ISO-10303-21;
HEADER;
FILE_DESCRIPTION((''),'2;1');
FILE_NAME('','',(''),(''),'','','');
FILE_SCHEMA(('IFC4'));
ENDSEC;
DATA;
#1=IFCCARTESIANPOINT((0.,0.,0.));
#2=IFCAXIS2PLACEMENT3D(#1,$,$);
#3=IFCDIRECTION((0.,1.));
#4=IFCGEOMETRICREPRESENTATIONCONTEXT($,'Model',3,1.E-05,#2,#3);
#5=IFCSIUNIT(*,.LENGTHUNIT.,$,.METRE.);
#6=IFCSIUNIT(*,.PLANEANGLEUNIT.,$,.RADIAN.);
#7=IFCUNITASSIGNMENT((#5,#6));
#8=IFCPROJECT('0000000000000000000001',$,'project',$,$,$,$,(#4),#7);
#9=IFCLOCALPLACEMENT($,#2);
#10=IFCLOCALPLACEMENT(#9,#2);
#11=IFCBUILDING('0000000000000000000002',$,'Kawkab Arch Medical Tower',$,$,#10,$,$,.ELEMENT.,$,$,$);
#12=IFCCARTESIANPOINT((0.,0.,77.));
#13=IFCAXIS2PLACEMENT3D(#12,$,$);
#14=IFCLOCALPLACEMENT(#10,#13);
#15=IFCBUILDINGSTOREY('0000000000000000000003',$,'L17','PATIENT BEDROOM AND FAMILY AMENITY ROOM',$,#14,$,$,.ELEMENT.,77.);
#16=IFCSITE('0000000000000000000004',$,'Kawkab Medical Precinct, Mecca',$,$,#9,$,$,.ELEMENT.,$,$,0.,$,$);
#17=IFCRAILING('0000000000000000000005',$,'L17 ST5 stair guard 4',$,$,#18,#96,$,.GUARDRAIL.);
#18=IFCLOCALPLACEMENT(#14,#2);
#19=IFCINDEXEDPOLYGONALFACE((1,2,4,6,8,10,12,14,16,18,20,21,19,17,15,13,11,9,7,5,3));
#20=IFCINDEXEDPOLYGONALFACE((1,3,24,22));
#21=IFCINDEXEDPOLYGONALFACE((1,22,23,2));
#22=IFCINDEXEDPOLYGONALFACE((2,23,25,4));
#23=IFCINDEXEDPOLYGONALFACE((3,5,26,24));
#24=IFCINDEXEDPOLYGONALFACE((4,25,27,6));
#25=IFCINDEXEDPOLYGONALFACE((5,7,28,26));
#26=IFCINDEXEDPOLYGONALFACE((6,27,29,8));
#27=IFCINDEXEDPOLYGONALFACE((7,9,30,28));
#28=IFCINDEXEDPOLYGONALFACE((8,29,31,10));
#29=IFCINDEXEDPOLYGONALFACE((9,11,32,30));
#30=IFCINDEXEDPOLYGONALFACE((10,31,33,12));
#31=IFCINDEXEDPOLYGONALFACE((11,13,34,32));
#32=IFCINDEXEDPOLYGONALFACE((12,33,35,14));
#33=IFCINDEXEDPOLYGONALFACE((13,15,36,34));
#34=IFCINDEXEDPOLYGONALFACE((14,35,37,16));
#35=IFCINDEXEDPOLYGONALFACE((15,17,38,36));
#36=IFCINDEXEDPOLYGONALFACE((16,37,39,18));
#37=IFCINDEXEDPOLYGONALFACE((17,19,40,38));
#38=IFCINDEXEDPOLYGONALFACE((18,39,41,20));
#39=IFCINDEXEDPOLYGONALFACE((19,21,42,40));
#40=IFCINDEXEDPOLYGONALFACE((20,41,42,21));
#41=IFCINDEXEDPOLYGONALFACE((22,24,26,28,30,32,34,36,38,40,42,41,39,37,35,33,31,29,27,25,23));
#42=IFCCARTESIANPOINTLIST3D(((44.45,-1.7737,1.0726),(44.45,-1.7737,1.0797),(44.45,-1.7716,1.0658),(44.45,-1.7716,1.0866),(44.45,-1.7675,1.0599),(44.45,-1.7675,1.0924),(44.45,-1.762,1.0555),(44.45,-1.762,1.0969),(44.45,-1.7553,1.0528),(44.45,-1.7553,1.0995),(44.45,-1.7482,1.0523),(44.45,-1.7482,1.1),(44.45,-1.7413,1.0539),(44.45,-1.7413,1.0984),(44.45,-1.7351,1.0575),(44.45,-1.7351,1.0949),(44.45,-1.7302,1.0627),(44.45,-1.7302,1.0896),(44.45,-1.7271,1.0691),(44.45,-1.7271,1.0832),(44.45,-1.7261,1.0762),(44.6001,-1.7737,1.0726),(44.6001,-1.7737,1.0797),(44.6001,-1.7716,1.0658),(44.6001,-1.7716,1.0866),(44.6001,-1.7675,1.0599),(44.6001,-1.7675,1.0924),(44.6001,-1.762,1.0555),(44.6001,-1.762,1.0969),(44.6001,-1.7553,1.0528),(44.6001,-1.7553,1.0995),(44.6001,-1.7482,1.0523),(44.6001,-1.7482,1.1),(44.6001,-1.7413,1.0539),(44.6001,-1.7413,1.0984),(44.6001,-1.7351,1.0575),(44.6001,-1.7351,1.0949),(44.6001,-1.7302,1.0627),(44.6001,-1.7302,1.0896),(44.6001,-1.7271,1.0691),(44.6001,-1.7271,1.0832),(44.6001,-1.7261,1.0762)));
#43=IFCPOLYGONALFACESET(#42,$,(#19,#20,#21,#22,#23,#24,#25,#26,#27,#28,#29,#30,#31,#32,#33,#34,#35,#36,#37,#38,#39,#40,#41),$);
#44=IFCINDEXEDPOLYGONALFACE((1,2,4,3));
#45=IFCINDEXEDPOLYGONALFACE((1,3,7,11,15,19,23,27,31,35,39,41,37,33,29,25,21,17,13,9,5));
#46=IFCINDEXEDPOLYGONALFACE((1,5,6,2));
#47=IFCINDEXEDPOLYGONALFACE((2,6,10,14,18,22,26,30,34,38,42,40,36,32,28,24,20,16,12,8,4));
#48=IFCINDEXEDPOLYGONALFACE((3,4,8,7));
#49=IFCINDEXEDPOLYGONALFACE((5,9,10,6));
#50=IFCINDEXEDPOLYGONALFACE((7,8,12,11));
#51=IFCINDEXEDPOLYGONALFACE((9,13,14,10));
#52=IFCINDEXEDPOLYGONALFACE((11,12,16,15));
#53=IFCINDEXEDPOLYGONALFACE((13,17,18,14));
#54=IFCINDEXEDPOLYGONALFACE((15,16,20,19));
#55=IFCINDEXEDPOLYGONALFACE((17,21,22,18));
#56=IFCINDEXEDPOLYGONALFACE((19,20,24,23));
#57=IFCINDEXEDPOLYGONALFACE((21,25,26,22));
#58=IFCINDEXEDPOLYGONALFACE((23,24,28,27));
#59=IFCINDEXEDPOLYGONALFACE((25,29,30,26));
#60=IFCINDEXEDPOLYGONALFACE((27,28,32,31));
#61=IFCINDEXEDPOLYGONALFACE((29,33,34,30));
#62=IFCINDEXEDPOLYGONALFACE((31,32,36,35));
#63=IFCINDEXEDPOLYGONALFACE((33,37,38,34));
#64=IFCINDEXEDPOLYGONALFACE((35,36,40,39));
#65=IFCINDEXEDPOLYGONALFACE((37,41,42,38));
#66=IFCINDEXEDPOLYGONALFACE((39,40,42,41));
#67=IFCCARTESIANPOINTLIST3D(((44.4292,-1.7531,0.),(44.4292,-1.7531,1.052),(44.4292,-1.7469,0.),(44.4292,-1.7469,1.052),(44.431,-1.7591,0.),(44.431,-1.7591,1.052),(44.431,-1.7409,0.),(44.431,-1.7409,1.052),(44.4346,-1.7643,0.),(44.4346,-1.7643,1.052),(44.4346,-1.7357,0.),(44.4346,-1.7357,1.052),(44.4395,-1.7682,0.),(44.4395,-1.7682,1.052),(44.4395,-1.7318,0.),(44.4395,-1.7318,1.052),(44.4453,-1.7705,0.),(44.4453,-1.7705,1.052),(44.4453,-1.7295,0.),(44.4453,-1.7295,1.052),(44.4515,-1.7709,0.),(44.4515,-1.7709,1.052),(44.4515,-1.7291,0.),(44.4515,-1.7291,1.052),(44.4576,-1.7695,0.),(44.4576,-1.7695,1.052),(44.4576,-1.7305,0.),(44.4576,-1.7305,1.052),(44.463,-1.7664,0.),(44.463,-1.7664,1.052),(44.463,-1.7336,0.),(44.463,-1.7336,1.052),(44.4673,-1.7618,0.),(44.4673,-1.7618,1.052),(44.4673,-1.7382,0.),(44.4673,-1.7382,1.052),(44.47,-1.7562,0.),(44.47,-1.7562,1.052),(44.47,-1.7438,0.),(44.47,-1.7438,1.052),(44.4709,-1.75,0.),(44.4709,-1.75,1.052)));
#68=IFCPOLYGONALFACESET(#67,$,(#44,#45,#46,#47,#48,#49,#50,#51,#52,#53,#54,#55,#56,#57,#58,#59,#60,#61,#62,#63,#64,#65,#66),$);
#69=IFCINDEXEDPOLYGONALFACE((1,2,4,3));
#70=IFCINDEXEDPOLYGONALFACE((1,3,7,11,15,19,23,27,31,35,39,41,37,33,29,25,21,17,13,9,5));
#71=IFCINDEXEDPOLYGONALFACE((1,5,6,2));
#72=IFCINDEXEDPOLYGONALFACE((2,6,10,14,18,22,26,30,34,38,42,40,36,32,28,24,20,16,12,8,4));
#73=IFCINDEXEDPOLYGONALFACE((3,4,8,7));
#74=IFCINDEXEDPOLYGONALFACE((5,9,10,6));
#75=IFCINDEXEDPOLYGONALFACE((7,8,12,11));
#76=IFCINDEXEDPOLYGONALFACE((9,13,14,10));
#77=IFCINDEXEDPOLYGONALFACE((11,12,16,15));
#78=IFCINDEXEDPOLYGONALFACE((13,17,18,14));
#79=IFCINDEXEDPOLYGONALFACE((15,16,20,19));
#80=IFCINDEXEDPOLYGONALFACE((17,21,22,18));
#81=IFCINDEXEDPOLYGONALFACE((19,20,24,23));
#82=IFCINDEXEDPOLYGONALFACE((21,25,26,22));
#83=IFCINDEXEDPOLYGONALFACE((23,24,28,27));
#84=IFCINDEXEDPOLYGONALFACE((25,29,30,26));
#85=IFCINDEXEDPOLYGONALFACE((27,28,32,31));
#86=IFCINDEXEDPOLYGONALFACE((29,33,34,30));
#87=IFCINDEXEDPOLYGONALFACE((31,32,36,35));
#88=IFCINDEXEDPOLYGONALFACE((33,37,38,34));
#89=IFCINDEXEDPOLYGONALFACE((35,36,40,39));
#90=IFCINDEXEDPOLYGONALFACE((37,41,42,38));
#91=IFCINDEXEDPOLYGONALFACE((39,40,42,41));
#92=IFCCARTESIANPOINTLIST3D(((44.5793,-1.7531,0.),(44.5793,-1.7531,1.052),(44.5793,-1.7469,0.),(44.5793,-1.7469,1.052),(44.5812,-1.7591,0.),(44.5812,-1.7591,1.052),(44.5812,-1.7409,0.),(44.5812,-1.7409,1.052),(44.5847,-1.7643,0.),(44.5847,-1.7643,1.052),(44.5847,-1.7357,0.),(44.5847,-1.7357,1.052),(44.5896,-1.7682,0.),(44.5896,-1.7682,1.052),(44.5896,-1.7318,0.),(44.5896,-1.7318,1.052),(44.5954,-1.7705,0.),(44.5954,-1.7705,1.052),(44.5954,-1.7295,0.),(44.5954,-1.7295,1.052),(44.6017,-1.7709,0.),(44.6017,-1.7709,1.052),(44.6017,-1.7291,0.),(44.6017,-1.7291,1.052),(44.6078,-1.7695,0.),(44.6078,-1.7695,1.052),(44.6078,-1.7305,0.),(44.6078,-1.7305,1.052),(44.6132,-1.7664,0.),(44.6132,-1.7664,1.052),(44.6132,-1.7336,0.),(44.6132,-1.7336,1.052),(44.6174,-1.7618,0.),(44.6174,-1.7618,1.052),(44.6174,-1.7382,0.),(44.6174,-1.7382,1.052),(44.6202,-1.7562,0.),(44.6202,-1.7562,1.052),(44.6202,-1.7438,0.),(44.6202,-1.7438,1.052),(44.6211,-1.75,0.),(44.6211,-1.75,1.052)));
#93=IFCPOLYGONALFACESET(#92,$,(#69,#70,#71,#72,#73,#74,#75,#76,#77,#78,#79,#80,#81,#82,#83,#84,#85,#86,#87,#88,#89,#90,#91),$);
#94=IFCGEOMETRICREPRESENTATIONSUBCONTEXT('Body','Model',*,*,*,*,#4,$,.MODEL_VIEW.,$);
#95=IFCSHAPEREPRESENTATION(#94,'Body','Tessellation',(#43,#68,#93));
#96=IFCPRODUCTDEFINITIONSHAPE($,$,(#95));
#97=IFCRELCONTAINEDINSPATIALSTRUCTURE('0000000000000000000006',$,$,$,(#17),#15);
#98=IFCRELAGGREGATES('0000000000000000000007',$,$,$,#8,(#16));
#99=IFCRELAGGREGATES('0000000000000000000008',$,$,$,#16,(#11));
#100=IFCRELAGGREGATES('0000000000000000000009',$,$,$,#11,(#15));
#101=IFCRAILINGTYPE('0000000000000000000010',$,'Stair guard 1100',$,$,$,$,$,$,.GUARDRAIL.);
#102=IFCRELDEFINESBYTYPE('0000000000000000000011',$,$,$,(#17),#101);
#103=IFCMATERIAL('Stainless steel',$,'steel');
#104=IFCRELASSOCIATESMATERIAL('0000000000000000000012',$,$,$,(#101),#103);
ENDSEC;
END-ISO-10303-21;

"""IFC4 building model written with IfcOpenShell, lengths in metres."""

from ifc_helpers import new_model, si_unit, direction, frame, origin, origin_2d, place, context, subcontext, project, spatial, circle, extrude, material, type_object, element, save


model = new_model("IFC4")

# Units and contexts
model_context = context("Model", 3, precision=1e-05, world=origin(), true_north=direction((0.0, 1.0)))
body_context = subcontext(model_context, "Body", "Model", "MODEL_VIEW")
ifc_project = project(units=[si_unit("LENGTHUNIT", "METRE"), si_unit("PLANEANGLEUNIT", "RADIAN")], contexts=[model_context])

# Site, building, storey
site_placement = place(None, origin())
site = spatial("IfcSite", under=ifc_project, at=site_placement, Name="Kawkab Medical Precinct, Mecca", CompositionType="ELEMENT", RefElevation=0.0)
building_placement = place(site_placement, origin())
building = spatial("IfcBuilding", under=site, at=building_placement, Name="Kawkab Arch Medical Tower", CompositionType="ELEMENT")
storey_placement = place(building_placement, frame((0.0, 0.0, 77.0)))
storey = spatial("IfcBuildingStorey", under=building, at=storey_placement, Name="L17", Description="PATIENT BEDROOM AND FAMILY AMENITY ROOM", CompositionType="ELEMENT", Elevation=77.0)

# Railing
ifc_material_1 = material(Name="Stainless steel", Category="steel")
railing_type_1 = type_object("IfcRailingType", Name="Stair guard 1100", PredefinedType="GUARDRAIL", material=ifc_material_1)
railing_1_placement = place(storey_placement, frame((44.45, -1.75, 0.0)))
element("IfcRailing", 1, at=railing_1_placement, inside=storey, type_object=railing_type_1, Name="L17 ST5 stair guard 4", PredefinedType="GUARDRAIL", context=body_context, shape_type="SweptSolid", body=[
    extrude(circle(Radius=0.0239, at=origin_2d()), frame((0.0, 0.0, 1.0762), z_axis=(1.0, 0.0, 0.0), x_axis=(0.0, 1.0, 0.0)), (0.0, 0.0, 1.0), 0.1501),
    extrude(circle(Radius=0.021, at=origin_2d()), origin(), (0.0, 0.0, 1.0), 1.052),
    extrude(circle(Radius=0.021, at=origin_2d()), frame((0.1501, 0.0, 0.0)), (0.0, 0.0, 1.0), 1.052),
])

save(model, "model.ifc")
